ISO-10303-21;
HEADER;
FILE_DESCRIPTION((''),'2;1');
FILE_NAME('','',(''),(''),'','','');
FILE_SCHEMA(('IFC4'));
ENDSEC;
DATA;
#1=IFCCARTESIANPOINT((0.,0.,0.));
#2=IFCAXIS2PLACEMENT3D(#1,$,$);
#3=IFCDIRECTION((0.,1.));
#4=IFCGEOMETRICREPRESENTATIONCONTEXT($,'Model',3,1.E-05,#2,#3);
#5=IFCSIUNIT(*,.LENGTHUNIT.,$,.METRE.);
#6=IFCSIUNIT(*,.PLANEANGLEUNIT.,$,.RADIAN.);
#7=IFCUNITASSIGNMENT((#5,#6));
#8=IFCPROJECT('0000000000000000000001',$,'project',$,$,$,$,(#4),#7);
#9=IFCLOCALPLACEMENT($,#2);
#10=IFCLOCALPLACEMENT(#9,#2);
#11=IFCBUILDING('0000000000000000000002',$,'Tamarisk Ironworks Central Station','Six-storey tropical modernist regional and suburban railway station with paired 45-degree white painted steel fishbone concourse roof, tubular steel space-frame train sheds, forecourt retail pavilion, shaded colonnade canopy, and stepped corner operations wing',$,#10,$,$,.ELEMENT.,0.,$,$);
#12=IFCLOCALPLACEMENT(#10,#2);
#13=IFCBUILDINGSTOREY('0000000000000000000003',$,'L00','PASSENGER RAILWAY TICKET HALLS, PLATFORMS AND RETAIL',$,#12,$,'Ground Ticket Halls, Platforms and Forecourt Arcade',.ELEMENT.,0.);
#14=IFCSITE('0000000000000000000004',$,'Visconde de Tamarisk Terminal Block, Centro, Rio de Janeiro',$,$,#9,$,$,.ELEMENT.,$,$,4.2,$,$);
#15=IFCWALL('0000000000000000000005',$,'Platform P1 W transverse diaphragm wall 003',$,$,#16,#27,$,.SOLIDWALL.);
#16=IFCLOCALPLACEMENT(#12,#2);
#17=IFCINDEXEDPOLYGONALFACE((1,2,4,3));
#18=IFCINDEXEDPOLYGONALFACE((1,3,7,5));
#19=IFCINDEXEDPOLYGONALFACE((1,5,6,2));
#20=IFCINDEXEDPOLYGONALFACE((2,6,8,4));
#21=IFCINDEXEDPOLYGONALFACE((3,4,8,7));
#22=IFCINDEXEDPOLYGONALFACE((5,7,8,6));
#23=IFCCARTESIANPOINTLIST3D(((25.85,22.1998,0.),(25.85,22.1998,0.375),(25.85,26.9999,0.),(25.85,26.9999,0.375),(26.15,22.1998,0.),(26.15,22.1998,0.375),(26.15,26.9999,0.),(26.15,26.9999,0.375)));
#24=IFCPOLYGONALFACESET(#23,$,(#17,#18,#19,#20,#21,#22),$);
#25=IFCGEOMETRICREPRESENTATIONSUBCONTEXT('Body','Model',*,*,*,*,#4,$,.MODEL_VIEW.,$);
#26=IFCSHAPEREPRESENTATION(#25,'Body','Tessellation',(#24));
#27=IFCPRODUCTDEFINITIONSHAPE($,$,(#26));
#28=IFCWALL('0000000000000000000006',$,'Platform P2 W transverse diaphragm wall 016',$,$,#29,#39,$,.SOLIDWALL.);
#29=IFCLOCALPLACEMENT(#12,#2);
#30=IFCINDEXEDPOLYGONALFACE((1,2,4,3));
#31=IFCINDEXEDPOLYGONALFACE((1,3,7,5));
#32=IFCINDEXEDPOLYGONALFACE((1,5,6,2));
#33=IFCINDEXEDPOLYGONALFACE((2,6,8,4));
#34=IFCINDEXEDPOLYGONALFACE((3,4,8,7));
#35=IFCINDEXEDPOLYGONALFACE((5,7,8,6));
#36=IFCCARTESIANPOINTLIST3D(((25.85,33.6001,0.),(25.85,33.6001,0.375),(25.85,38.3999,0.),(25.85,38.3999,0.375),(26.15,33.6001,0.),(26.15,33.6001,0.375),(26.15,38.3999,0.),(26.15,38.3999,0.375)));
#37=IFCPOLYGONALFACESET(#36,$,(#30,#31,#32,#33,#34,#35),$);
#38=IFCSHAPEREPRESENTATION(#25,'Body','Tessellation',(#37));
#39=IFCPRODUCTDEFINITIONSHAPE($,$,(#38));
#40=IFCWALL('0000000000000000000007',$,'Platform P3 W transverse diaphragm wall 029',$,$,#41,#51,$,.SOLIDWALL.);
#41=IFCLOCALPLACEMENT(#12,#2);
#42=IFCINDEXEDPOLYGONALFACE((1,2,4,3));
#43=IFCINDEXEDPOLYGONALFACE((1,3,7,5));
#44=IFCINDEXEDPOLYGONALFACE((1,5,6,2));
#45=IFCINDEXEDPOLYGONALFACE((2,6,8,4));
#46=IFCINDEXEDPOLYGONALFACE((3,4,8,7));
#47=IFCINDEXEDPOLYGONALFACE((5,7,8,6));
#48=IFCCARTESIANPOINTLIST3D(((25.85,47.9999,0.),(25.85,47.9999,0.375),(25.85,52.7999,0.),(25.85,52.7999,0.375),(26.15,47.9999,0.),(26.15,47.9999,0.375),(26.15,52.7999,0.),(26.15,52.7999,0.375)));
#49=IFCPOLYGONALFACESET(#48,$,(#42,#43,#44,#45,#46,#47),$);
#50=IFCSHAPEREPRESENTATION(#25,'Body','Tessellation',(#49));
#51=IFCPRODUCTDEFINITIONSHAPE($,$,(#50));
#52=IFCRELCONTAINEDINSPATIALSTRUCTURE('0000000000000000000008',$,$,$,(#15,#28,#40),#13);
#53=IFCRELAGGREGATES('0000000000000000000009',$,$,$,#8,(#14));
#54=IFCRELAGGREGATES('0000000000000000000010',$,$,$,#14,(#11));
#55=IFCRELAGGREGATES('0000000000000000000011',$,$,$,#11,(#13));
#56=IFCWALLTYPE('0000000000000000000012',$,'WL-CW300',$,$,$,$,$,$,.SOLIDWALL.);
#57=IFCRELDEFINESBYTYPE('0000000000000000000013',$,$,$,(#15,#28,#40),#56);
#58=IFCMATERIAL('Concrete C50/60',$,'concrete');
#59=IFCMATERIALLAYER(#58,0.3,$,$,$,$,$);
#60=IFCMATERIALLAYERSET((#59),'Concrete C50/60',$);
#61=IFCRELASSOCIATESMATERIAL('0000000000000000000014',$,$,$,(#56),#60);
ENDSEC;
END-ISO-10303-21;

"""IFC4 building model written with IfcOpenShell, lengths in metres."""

from ifc_helpers import new_model, si_unit, direction, frame, frame_2d, origin, place, context, subcontext, project, spatial, rectangle, extrude, material, layer, layer_set, type_object, element, save


model = new_model("IFC4")

# Units and contexts
model_context = context("Model", 3, precision=1e-05, world=origin(), true_north=direction((0.0, 1.0)))
body_context = subcontext(model_context, "Body", "Model", "MODEL_VIEW")
ifc_project = project(units=[si_unit("LENGTHUNIT", "METRE"), si_unit("PLANEANGLEUNIT", "RADIAN")], contexts=[model_context])

# Site, building, storey
site_placement = place(None, origin())
site = spatial("IfcSite", under=ifc_project, at=site_placement, Name="Visconde de Tamarisk Terminal Block, Centro, Rio de Janeiro", CompositionType="ELEMENT", RefElevation=4.2)
building_placement = place(site_placement, origin())
building = spatial("IfcBuilding", under=site, at=building_placement, Name="Tamarisk Ironworks Central Station", Description="Six-storey tropical modernist regional and suburban railway station with paired 45-degree white painted steel fishbone concourse roof, tubular steel space-frame train sheds, forecourt retail pavilion, shaded colonnade canopy, and stepped corner operations wing", CompositionType="ELEMENT", ElevationOfRefHeight=0.0)
storey_placement = place(building_placement, origin())
storey = spatial("IfcBuildingStorey", under=building, at=storey_placement, Name="L00", Description="PASSENGER RAILWAY TICKET HALLS, PLATFORMS AND RETAIL", LongName="Ground Ticket Halls, Platforms and Forecourt Arcade", CompositionType="ELEMENT", Elevation=0.0)

# Walls
ifc_material_1 = material(Name="Concrete C50/60", Category="concrete")
ifc_layer = layer(ifc_material_1, 0.3)
ifc_layer_set = layer_set([ifc_layer], Name="Concrete C50/60")
wall_type = type_object("IfcWallType", Name="WL-CW300", PredefinedType="SOLIDWALL", material=ifc_layer_set)
wall_1_placement = place(storey_placement, frame((26.0, 22.2, 0.0), z_axis=(0.0, 0.0, 1.0), x_axis=(0.0, 1.0, 0.0)))
element("IfcWall", 1, at=wall_1_placement, inside=storey, type_object=wall_type, Name="Platform P1 W transverse diaphragm wall 003", PredefinedType="SOLIDWALL", context=body_context, shape_type="SweptSolid", body=[
    extrude(rectangle(XDim=4.8, YDim=0.3, at=frame_2d((2.3999, 0.0))), origin(), (0.0, 0.0, 1.0), 0.375),
])
wall_2_placement = place(storey_placement, frame((26.0, 33.6001, 0.0), z_axis=(0.0, 0.0, 1.0), x_axis=(0.0, 1.0, 0.0)))
element("IfcWall", 2, at=wall_2_placement, inside=storey, type_object=wall_type, Name="Platform P2 W transverse diaphragm wall 016", PredefinedType="SOLIDWALL", context=body_context, shape_type="SweptSolid", body=[
    extrude(rectangle(XDim=4.7998, YDim=0.3, at=frame_2d((2.3999, 0.0))), origin(), (0.0, 0.0, 1.0), 0.375),
])
wall_3_placement = place(storey_placement, frame((26.0, 48.0, 0.0), z_axis=(0.0, 0.0, 1.0), x_axis=(0.0, 1.0, 0.0)))
element("IfcWall", 3, at=wall_3_placement, inside=storey, type_object=wall_type, Name="Platform P3 W transverse diaphragm wall 029", PredefinedType="SOLIDWALL", context=body_context, shape_type="SweptSolid", body=[
    extrude(rectangle(XDim=4.8, YDim=0.3, at=frame_2d((2.3999, 0.0))), origin(), (0.0, 0.0, 1.0), 0.375),
])

save(model, "model.ifc")
